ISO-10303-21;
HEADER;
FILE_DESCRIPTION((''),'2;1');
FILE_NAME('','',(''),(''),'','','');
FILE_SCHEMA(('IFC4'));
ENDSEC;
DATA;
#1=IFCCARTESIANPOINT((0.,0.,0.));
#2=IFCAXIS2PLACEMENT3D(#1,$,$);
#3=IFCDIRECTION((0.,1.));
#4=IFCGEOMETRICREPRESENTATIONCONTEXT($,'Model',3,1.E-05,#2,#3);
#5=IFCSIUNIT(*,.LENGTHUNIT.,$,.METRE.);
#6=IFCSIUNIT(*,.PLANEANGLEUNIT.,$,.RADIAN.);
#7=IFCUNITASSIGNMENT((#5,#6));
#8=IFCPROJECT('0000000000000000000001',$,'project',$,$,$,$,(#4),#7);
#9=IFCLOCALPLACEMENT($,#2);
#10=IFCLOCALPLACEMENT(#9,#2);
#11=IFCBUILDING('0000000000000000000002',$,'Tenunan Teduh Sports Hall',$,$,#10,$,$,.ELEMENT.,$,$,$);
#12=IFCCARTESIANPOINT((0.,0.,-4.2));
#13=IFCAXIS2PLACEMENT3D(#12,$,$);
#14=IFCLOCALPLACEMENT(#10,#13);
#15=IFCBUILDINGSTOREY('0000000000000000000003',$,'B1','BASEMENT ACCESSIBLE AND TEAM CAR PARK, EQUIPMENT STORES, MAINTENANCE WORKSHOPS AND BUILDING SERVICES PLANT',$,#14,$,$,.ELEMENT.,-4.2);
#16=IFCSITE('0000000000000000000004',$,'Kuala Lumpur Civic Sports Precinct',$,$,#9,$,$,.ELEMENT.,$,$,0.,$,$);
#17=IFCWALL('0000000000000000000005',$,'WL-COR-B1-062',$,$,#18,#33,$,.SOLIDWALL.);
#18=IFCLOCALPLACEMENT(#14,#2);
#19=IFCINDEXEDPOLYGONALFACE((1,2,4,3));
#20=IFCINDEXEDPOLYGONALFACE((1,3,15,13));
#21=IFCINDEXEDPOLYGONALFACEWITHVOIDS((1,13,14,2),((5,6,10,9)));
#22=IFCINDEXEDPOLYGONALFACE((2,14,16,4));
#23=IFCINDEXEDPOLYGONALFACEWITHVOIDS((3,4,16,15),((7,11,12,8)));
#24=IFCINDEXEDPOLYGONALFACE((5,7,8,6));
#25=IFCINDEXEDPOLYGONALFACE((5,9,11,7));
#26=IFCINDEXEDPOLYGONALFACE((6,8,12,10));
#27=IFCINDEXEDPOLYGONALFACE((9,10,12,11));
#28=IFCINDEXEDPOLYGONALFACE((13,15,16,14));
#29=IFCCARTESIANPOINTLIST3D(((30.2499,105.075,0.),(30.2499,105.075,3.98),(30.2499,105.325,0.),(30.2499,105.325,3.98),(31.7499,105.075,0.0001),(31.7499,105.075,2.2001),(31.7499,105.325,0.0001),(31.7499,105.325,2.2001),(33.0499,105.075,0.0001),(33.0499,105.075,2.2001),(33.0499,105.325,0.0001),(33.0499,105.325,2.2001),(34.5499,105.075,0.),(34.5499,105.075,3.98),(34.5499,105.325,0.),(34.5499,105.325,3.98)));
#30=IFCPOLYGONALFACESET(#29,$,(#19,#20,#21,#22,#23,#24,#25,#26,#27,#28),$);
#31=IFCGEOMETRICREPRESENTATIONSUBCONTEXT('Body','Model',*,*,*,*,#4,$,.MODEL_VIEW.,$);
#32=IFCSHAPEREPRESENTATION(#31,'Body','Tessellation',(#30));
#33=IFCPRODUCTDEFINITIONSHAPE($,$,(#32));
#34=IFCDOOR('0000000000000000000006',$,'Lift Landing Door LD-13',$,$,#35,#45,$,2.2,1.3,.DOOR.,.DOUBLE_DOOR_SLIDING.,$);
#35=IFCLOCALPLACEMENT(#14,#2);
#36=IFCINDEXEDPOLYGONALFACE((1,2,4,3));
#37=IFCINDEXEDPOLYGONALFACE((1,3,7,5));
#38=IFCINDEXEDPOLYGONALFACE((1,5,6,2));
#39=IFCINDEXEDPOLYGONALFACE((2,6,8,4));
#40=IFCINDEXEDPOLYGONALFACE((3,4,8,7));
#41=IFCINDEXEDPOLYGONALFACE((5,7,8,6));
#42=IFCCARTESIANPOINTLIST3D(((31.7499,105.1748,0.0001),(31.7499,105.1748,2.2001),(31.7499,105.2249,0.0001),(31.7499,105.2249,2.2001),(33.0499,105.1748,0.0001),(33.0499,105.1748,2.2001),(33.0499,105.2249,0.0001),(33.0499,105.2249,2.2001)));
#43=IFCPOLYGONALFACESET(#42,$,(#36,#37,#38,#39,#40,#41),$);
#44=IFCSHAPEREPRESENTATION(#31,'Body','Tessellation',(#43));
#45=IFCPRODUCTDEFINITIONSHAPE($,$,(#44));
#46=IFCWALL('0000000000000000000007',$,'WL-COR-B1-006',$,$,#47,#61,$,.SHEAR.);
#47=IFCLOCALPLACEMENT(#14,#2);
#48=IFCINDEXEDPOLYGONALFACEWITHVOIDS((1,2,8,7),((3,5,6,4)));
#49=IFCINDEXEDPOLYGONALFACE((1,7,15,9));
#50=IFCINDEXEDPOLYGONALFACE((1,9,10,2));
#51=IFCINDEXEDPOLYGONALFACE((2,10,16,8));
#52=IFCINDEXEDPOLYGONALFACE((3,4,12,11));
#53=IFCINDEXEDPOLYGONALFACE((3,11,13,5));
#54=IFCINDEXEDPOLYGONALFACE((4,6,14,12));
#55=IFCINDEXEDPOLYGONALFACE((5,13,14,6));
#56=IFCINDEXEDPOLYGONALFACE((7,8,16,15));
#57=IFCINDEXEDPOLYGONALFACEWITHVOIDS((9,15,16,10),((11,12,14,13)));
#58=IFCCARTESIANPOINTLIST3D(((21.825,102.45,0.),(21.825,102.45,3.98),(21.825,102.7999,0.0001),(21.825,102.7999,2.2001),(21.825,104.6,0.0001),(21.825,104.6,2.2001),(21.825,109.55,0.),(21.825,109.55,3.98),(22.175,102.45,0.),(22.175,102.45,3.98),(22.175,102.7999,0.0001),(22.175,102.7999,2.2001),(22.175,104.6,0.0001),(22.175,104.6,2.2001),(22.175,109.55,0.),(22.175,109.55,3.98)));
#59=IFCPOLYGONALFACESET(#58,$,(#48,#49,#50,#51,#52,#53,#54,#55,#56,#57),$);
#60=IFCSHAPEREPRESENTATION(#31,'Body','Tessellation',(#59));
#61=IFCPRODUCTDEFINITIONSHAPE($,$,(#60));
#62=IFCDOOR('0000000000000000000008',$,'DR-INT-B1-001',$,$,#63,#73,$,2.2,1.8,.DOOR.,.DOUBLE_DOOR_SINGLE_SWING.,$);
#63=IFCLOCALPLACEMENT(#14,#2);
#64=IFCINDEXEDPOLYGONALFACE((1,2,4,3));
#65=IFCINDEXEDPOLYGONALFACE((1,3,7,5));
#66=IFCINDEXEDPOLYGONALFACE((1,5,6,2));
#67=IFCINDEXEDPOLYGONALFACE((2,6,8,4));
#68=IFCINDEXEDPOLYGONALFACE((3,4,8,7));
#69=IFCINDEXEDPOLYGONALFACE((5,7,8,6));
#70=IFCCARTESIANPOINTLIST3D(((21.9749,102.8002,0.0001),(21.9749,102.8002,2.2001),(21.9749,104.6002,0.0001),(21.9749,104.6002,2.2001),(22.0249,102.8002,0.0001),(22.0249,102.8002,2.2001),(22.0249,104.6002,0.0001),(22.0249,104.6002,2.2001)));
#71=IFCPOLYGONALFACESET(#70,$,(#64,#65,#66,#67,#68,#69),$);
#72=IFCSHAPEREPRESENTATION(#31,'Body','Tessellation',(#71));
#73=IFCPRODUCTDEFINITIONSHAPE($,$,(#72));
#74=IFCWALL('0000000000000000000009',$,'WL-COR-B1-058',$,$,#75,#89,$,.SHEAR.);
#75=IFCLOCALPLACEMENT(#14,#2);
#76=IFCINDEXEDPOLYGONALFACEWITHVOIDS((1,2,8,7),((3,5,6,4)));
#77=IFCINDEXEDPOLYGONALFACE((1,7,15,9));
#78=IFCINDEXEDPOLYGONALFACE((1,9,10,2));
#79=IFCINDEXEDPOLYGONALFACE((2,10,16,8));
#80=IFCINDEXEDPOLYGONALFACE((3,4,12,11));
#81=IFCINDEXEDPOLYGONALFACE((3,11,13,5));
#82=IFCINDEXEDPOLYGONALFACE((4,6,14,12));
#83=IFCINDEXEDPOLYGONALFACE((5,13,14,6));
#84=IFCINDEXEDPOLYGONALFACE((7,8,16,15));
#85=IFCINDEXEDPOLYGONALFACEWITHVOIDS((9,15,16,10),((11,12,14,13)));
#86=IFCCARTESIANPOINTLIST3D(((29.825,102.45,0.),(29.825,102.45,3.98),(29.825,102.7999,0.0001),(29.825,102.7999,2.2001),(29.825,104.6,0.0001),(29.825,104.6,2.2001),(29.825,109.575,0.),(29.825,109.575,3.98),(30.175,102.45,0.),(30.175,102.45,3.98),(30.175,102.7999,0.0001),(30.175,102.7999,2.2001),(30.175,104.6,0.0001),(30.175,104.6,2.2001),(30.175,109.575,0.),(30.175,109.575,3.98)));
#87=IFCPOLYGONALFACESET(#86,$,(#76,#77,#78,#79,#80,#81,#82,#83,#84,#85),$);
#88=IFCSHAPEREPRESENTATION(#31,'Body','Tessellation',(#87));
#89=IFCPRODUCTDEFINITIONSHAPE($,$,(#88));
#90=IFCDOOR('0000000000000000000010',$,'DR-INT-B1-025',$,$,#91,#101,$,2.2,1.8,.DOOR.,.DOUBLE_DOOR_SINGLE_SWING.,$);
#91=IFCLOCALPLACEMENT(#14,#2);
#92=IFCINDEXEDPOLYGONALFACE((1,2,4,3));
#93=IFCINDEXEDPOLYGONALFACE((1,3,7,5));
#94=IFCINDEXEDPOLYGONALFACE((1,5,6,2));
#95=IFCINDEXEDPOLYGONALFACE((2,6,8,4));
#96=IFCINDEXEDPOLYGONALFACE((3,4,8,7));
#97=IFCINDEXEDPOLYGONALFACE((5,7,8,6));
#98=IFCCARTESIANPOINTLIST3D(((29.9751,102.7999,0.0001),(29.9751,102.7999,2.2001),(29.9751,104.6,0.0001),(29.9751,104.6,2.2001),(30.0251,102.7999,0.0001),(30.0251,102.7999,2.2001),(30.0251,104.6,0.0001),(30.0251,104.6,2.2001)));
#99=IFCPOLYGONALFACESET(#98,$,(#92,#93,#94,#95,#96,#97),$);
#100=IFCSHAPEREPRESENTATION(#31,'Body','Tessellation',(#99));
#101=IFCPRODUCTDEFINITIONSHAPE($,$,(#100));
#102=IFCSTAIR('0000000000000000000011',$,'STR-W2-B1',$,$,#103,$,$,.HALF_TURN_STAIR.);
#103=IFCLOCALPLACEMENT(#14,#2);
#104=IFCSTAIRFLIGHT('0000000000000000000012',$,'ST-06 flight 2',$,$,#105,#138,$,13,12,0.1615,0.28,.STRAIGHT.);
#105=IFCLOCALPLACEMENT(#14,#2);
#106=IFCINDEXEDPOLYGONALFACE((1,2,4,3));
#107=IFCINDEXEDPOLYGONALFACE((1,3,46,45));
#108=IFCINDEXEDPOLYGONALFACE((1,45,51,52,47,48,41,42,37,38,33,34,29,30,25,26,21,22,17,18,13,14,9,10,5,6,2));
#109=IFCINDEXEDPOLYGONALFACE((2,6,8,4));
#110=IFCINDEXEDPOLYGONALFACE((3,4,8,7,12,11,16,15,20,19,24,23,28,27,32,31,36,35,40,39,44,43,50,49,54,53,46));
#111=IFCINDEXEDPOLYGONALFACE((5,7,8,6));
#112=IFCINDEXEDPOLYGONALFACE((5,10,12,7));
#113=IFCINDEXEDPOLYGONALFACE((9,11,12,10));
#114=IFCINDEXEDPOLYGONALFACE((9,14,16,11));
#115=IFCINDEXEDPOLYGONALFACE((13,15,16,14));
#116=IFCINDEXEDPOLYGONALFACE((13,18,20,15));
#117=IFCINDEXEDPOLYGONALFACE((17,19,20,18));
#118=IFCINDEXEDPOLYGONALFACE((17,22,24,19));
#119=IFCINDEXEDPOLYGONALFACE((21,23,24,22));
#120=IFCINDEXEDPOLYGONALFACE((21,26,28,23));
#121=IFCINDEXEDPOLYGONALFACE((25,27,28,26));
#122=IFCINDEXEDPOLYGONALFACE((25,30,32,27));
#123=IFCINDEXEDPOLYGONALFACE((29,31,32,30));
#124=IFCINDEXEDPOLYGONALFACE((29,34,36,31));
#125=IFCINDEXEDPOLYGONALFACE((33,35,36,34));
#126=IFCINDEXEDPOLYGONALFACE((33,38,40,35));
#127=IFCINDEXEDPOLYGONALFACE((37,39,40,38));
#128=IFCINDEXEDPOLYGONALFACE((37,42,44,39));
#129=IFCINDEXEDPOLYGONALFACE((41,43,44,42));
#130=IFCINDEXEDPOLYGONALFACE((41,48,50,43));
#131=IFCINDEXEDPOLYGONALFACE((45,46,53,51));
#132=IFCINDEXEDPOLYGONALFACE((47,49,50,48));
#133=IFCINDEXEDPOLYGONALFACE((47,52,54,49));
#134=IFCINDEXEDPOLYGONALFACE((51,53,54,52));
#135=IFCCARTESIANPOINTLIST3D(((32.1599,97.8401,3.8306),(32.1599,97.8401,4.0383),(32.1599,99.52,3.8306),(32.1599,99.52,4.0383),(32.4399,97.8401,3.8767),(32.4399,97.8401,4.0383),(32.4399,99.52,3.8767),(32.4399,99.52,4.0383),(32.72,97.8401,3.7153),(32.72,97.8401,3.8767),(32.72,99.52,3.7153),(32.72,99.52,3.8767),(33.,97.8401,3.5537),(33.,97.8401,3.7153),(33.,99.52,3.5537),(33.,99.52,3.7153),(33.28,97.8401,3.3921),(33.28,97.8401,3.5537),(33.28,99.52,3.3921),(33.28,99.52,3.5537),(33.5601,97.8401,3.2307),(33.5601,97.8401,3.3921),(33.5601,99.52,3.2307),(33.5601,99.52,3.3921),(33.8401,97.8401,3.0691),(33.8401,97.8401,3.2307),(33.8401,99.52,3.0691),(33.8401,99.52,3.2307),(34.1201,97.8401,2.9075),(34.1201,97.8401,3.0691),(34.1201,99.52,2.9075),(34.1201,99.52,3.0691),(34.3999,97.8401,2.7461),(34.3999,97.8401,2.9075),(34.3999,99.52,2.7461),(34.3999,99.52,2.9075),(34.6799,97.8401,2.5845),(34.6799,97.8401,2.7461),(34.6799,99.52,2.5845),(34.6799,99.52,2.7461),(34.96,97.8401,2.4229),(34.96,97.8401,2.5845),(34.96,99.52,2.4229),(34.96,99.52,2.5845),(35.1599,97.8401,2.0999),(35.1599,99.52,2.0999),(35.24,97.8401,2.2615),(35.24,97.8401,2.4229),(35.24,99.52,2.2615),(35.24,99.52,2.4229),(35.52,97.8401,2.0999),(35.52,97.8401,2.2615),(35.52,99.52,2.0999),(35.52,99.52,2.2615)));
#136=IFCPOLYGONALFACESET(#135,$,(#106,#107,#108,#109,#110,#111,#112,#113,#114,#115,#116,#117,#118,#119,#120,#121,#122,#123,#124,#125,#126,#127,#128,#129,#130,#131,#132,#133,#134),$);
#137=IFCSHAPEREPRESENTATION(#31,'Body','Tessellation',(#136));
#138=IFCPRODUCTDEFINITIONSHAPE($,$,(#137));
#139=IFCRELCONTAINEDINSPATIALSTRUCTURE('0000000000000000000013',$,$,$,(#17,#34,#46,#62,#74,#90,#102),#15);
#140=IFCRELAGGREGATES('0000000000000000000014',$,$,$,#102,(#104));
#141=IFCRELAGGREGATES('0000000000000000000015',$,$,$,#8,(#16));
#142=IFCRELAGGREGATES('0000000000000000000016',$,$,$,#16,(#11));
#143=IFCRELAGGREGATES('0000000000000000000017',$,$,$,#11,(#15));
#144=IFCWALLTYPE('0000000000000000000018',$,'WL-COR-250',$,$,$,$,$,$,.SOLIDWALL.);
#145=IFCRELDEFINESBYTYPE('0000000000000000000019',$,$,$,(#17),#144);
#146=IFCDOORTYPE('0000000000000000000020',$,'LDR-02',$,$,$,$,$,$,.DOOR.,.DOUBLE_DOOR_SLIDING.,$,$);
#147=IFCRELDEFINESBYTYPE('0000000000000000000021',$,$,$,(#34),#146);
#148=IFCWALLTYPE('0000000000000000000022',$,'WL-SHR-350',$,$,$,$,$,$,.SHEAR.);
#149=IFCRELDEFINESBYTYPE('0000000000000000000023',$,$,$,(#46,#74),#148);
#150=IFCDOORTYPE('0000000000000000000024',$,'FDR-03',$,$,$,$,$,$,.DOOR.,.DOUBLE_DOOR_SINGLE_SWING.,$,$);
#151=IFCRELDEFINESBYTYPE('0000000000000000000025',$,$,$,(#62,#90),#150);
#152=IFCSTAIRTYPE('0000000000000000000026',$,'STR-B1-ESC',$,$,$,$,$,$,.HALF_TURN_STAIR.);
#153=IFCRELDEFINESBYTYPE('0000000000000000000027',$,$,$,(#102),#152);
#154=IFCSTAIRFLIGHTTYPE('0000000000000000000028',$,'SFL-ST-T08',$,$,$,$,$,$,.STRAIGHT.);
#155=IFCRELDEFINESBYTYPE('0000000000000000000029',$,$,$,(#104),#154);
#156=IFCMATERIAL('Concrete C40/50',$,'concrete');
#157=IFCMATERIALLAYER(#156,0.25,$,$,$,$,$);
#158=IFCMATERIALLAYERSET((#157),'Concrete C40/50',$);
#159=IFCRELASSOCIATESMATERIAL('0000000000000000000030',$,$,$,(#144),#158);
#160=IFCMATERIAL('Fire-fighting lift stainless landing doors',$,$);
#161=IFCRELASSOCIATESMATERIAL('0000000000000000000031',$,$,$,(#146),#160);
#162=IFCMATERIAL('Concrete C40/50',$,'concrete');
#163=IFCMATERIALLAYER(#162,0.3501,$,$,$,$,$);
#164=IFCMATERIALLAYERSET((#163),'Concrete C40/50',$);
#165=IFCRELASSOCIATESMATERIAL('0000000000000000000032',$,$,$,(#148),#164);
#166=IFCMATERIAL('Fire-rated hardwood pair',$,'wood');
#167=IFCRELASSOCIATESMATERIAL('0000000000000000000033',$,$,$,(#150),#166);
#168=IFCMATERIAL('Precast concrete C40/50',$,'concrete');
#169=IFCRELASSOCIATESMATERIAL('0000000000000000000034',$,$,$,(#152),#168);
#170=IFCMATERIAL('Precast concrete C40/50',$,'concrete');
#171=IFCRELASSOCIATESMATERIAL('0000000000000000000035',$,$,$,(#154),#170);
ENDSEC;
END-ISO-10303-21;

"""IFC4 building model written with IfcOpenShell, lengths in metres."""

from ifc_helpers import new_model, si_unit, direction, frame, frame_2d, origin, place, context, subcontext, project, spatial, polyline, rectangle, outline, extrude, material, layer, layer_set, type_object, element, fill, aggregate, save


model = new_model("IFC4")

# Units and contexts
model_context = context("Model", 3, precision=1e-05, world=origin(), true_north=direction((0.0, 1.0)))
body_context = subcontext(model_context, "Body", "Model", "MODEL_VIEW")
ifc_project = project(units=[si_unit("LENGTHUNIT", "METRE"), si_unit("PLANEANGLEUNIT", "RADIAN")], contexts=[model_context])

# Site, building, storey
site_placement = place(None, origin())
site = spatial("IfcSite", under=ifc_project, at=site_placement, Name="Kuala Lumpur Civic Sports Precinct", CompositionType="ELEMENT", RefElevation=0.0)
building_placement = place(site_placement, origin())
building = spatial("IfcBuilding", under=site, at=building_placement, Name="Tenunan Teduh Sports Hall", CompositionType="ELEMENT")
storey_placement = place(building_placement, frame((0.0, 0.0, -4.2)))
storey = spatial("IfcBuildingStorey", under=building, at=storey_placement, Name="B1", Description="BASEMENT ACCESSIBLE AND TEAM CAR PARK, EQUIPMENT STORES, MAINTENANCE WORKSHOPS AND BUILDING SERVICES PLANT", CompositionType="ELEMENT", Elevation=-4.2)

# Walls, openings, doors
ifc_material_1 = material(Name="Concrete C40/50", Category="concrete")
ifc_layer_1 = layer(ifc_material_1, 0.25)
ifc_layer_set_1 = layer_set([ifc_layer_1], Name="Concrete C40/50")
wall_type_1 = type_object("IfcWallType", Name="WL-COR-250", PredefinedType="SOLIDWALL", material=ifc_layer_set_1)
wall_1_placement = place(storey_placement, frame((30.25, 105.2, 0.0), z_axis=(0.0, 0.0, 1.0), x_axis=(1.0, 0.0, 0.0)))
wall_1 = element("IfcWall", 1, at=wall_1_placement, inside=storey, type_object=wall_type_1, Name="WL-COR-B1-062", PredefinedType="SOLIDWALL", context=body_context, shape_type="SweptSolid", body=[
    extrude(rectangle(XDim=4.3, YDim=0.25, at=frame_2d((2.1499, 0.0))), origin(), (0.0, 0.0, 1.0), 3.98),
])
opening_1_placement = place(wall_1_placement, frame((1.5, 0.0, 0.0)))
opening_1 = element("IfcOpeningElement", 2, at=opening_1_placement, cuts=wall_1, PredefinedType="OPENING", context=body_context, shape_type="SweptSolid", body=[
    extrude(rectangle(XDim=1.3, YDim=2.2, at=frame_2d((0.6499, 1.1001))), frame((0.0, 0.135, 0.0), z_axis=(0.0, -1.0, 0.0), x_axis=(1.0, 0.0, 0.0)), (0.0, 0.0, 1.0), 0.27),
])
ifc_material_2 = material(Name="Fire-fighting lift stainless landing doors")
door_type_1 = type_object("IfcDoorType", Name="LDR-02", OperationType="DOUBLE_DOOR_SLIDING", PredefinedType="DOOR", material=ifc_material_2)
door_1_placement = place(opening_1_placement, origin())
door_1 = element("IfcDoor", 3, at=door_1_placement, inside=storey, type_object=door_type_1, Name="Lift Landing Door LD-13", OperationType="DOUBLE_DOOR_SLIDING", OverallHeight=2.2, OverallWidth=1.3, PredefinedType="DOOR", context=body_context, shape_type="SweptSolid", body=[
    extrude(rectangle(XDim=1.3, YDim=2.2, at=frame_2d((0.6499, 1.1001))), frame((0.0, 0.0249, 0.0), z_axis=(0.0, -1.0, 0.0), x_axis=(1.0, 0.0, 0.0)), (0.0, 0.0, 1.0), 0.05),
])
fill(opening_1, door_1)
ifc_material_3 = material(Name="Concrete C40/50", Category="concrete")
ifc_layer_2 = layer(ifc_material_3, 0.3501)
ifc_layer_set_2 = layer_set([ifc_layer_2], Name="Concrete C40/50")
wall_type_2 = type_object("IfcWallType", Name="WL-SHR-350", PredefinedType="SHEAR", material=ifc_layer_set_2)
wall_2_placement = place(storey_placement, frame((22.0, 102.45, 0.0), z_axis=(0.0, 0.0, 1.0), x_axis=(0.0, 1.0, 0.0)))
wall_2 = element("IfcWall", 4, at=wall_2_placement, inside=storey, type_object=wall_type_2, Name="WL-COR-B1-006", PredefinedType="SHEAR", context=body_context, shape_type="SweptSolid", body=[
    extrude(rectangle(XDim=7.1001, YDim=0.3501, at=frame_2d((3.55, 0.0))), origin(), (0.0, 0.0, 1.0), 3.98),
])
opening_2_placement = place(wall_2_placement, frame((0.3501, 0.0, 0.0)))
opening_2 = element("IfcOpeningElement", 5, at=opening_2_placement, cuts=wall_2, PredefinedType="OPENING", context=body_context, shape_type="SweptSolid", body=[
    extrude(rectangle(XDim=1.8, YDim=2.2, at=frame_2d((0.8999, 1.1001))), frame((0.0, 0.1851, 0.0), z_axis=(0.0, -1.0, 0.0), x_axis=(1.0, 0.0, 0.0)), (0.0, 0.0, 1.0), 0.3701),
])
ifc_material_4 = material(Name="Fire-rated hardwood pair", Category="wood")
door_type_2 = type_object("IfcDoorType", Name="FDR-03", OperationType="DOUBLE_DOOR_SINGLE_SWING", PredefinedType="DOOR", material=ifc_material_4)
door_2_placement = place(opening_2_placement, frame((1.8, 0.0, 0.0), z_axis=(0.0, 0.0, 1.0), x_axis=(-1.0, 0.0, 0.0)))
door_2 = element("IfcDoor", 6, at=door_2_placement, inside=storey, type_object=door_type_2, Name="DR-INT-B1-001", OperationType="DOUBLE_DOOR_SINGLE_SWING", OverallHeight=2.2, OverallWidth=1.8, PredefinedType="DOOR", context=body_context, shape_type="SweptSolid", body=[
    extrude(rectangle(XDim=1.8, YDim=2.2, at=frame_2d((0.8999, 1.1001))), frame((0.0, 0.0249, 0.0), z_axis=(0.0, -1.0, 0.0), x_axis=(1.0, 0.0, 0.0)), (0.0, 0.0, 1.0), 0.05),
])
fill(opening_2, door_2)
wall_3_placement = place(storey_placement, frame((30.0, 102.45, 0.0), z_axis=(0.0, 0.0, 1.0), x_axis=(0.0, 1.0, 0.0)))
wall_3 = element("IfcWall", 7, at=wall_3_placement, inside=storey, type_object=wall_type_2, Name="WL-COR-B1-058", PredefinedType="SHEAR", context=body_context, shape_type="SweptSolid", body=[
    extrude(rectangle(XDim=7.125, YDim=0.3501, at=frame_2d((3.5625, 0.0))), origin(), (0.0, 0.0, 1.0), 3.98),
])
opening_3_placement = place(wall_3_placement, frame((0.3501, 0.0, 0.0)))
opening_3 = element("IfcOpeningElement", 8, at=opening_3_placement, cuts=wall_3, PredefinedType="OPENING", context=body_context, shape_type="SweptSolid", body=[
    extrude(rectangle(XDim=1.8, YDim=2.2, at=frame_2d((0.8999, 1.1001))), frame((0.0, 0.1851, 0.0), z_axis=(0.0, -1.0, 0.0), x_axis=(1.0, 0.0, 0.0)), (0.0, 0.0, 1.0), 0.3701),
])
door_3_placement = place(opening_3_placement, origin())
door_3 = element("IfcDoor", 9, at=door_3_placement, inside=storey, type_object=door_type_2, Name="DR-INT-B1-025", OperationType="DOUBLE_DOOR_SINGLE_SWING", OverallHeight=2.2, OverallWidth=1.8, PredefinedType="DOOR", context=body_context, shape_type="SweptSolid", body=[
    extrude(rectangle(XDim=1.8, YDim=2.2, at=frame_2d((0.8999, 1.1001))), frame((0.0, 0.0249, 0.0), z_axis=(0.0, -1.0, 0.0), x_axis=(1.0, 0.0, 0.0)), (0.0, 0.0, 1.0), 0.05),
])
fill(opening_3, door_3)

# Stair, stair flight
ifc_material_5 = material(Name="Precast concrete C40/50", Category="concrete")
stair_type = type_object("IfcStairType", Name="STR-B1-ESC", PredefinedType="HALF_TURN_STAIR", material=ifc_material_5)
stair_placement = place(storey_placement, origin())
stair = element("IfcStair", 10, at=stair_placement, inside=storey, type_object=stair_type, Name="STR-W2-B1", PredefinedType="HALF_TURN_STAIR")
ifc_material_6 = material(Name="Precast concrete C40/50", Category="concrete")
stair_flight_type = type_object("IfcStairFlightType", Name="SFL-ST-T08", PredefinedType="STRAIGHT", material=ifc_material_6)
stair_flight_placement = place(storey_placement, frame((35.52, 98.6799, 2.0999), z_axis=(0.0, 0.0, 1.0), x_axis=(-1.0, 0.0, 0.0)))
stair_flight = element("IfcStairFlight", 11, at=stair_flight_placement, type_object=stair_flight_type, Name="ST-06 flight 2", NumberOfRisers=13, NumberOfTreads=12, PredefinedType="STRAIGHT", RiserHeight=0.1615, TreadLength=0.28, context=body_context, shape_type="SweptSolid", body=[
    extrude(outline(polyline([(0.0, 0.0), (0.0, 0.1616), (0.28, 0.1616), (0.28, 0.323), (0.5601, 0.323), (0.5601, 0.4846), (0.8401, 0.4846), (0.8401, 0.6462), (1.1201, 0.6462), (1.1201, 0.8076), (1.3999, 0.8076), (1.3999, 0.9692), (1.6799, 0.9692), (1.6799, 1.1309), (1.96, 1.1309), (1.96, 1.2922), (2.24, 1.2922), (2.24, 1.4539), (2.52, 1.4539), (2.52, 1.6155), (2.8, 1.6155), (2.8, 1.7769), (3.0801, 1.7769), (3.0801, 1.9385), (3.3601, 1.9385), (3.3601, 2.1001), (3.3601, 1.7307), (0.3601, 0.0), (0.0, 0.0)])), frame((0.0, 0.8398, 0.0), z_axis=(0.0, -1.0, 0.0), x_axis=(1.0, 0.0, 0.0)), (0.0, 0.0, 1.0), 1.6799),
])

aggregate(stair, [stair_flight])

save(model, "model.ifc")
